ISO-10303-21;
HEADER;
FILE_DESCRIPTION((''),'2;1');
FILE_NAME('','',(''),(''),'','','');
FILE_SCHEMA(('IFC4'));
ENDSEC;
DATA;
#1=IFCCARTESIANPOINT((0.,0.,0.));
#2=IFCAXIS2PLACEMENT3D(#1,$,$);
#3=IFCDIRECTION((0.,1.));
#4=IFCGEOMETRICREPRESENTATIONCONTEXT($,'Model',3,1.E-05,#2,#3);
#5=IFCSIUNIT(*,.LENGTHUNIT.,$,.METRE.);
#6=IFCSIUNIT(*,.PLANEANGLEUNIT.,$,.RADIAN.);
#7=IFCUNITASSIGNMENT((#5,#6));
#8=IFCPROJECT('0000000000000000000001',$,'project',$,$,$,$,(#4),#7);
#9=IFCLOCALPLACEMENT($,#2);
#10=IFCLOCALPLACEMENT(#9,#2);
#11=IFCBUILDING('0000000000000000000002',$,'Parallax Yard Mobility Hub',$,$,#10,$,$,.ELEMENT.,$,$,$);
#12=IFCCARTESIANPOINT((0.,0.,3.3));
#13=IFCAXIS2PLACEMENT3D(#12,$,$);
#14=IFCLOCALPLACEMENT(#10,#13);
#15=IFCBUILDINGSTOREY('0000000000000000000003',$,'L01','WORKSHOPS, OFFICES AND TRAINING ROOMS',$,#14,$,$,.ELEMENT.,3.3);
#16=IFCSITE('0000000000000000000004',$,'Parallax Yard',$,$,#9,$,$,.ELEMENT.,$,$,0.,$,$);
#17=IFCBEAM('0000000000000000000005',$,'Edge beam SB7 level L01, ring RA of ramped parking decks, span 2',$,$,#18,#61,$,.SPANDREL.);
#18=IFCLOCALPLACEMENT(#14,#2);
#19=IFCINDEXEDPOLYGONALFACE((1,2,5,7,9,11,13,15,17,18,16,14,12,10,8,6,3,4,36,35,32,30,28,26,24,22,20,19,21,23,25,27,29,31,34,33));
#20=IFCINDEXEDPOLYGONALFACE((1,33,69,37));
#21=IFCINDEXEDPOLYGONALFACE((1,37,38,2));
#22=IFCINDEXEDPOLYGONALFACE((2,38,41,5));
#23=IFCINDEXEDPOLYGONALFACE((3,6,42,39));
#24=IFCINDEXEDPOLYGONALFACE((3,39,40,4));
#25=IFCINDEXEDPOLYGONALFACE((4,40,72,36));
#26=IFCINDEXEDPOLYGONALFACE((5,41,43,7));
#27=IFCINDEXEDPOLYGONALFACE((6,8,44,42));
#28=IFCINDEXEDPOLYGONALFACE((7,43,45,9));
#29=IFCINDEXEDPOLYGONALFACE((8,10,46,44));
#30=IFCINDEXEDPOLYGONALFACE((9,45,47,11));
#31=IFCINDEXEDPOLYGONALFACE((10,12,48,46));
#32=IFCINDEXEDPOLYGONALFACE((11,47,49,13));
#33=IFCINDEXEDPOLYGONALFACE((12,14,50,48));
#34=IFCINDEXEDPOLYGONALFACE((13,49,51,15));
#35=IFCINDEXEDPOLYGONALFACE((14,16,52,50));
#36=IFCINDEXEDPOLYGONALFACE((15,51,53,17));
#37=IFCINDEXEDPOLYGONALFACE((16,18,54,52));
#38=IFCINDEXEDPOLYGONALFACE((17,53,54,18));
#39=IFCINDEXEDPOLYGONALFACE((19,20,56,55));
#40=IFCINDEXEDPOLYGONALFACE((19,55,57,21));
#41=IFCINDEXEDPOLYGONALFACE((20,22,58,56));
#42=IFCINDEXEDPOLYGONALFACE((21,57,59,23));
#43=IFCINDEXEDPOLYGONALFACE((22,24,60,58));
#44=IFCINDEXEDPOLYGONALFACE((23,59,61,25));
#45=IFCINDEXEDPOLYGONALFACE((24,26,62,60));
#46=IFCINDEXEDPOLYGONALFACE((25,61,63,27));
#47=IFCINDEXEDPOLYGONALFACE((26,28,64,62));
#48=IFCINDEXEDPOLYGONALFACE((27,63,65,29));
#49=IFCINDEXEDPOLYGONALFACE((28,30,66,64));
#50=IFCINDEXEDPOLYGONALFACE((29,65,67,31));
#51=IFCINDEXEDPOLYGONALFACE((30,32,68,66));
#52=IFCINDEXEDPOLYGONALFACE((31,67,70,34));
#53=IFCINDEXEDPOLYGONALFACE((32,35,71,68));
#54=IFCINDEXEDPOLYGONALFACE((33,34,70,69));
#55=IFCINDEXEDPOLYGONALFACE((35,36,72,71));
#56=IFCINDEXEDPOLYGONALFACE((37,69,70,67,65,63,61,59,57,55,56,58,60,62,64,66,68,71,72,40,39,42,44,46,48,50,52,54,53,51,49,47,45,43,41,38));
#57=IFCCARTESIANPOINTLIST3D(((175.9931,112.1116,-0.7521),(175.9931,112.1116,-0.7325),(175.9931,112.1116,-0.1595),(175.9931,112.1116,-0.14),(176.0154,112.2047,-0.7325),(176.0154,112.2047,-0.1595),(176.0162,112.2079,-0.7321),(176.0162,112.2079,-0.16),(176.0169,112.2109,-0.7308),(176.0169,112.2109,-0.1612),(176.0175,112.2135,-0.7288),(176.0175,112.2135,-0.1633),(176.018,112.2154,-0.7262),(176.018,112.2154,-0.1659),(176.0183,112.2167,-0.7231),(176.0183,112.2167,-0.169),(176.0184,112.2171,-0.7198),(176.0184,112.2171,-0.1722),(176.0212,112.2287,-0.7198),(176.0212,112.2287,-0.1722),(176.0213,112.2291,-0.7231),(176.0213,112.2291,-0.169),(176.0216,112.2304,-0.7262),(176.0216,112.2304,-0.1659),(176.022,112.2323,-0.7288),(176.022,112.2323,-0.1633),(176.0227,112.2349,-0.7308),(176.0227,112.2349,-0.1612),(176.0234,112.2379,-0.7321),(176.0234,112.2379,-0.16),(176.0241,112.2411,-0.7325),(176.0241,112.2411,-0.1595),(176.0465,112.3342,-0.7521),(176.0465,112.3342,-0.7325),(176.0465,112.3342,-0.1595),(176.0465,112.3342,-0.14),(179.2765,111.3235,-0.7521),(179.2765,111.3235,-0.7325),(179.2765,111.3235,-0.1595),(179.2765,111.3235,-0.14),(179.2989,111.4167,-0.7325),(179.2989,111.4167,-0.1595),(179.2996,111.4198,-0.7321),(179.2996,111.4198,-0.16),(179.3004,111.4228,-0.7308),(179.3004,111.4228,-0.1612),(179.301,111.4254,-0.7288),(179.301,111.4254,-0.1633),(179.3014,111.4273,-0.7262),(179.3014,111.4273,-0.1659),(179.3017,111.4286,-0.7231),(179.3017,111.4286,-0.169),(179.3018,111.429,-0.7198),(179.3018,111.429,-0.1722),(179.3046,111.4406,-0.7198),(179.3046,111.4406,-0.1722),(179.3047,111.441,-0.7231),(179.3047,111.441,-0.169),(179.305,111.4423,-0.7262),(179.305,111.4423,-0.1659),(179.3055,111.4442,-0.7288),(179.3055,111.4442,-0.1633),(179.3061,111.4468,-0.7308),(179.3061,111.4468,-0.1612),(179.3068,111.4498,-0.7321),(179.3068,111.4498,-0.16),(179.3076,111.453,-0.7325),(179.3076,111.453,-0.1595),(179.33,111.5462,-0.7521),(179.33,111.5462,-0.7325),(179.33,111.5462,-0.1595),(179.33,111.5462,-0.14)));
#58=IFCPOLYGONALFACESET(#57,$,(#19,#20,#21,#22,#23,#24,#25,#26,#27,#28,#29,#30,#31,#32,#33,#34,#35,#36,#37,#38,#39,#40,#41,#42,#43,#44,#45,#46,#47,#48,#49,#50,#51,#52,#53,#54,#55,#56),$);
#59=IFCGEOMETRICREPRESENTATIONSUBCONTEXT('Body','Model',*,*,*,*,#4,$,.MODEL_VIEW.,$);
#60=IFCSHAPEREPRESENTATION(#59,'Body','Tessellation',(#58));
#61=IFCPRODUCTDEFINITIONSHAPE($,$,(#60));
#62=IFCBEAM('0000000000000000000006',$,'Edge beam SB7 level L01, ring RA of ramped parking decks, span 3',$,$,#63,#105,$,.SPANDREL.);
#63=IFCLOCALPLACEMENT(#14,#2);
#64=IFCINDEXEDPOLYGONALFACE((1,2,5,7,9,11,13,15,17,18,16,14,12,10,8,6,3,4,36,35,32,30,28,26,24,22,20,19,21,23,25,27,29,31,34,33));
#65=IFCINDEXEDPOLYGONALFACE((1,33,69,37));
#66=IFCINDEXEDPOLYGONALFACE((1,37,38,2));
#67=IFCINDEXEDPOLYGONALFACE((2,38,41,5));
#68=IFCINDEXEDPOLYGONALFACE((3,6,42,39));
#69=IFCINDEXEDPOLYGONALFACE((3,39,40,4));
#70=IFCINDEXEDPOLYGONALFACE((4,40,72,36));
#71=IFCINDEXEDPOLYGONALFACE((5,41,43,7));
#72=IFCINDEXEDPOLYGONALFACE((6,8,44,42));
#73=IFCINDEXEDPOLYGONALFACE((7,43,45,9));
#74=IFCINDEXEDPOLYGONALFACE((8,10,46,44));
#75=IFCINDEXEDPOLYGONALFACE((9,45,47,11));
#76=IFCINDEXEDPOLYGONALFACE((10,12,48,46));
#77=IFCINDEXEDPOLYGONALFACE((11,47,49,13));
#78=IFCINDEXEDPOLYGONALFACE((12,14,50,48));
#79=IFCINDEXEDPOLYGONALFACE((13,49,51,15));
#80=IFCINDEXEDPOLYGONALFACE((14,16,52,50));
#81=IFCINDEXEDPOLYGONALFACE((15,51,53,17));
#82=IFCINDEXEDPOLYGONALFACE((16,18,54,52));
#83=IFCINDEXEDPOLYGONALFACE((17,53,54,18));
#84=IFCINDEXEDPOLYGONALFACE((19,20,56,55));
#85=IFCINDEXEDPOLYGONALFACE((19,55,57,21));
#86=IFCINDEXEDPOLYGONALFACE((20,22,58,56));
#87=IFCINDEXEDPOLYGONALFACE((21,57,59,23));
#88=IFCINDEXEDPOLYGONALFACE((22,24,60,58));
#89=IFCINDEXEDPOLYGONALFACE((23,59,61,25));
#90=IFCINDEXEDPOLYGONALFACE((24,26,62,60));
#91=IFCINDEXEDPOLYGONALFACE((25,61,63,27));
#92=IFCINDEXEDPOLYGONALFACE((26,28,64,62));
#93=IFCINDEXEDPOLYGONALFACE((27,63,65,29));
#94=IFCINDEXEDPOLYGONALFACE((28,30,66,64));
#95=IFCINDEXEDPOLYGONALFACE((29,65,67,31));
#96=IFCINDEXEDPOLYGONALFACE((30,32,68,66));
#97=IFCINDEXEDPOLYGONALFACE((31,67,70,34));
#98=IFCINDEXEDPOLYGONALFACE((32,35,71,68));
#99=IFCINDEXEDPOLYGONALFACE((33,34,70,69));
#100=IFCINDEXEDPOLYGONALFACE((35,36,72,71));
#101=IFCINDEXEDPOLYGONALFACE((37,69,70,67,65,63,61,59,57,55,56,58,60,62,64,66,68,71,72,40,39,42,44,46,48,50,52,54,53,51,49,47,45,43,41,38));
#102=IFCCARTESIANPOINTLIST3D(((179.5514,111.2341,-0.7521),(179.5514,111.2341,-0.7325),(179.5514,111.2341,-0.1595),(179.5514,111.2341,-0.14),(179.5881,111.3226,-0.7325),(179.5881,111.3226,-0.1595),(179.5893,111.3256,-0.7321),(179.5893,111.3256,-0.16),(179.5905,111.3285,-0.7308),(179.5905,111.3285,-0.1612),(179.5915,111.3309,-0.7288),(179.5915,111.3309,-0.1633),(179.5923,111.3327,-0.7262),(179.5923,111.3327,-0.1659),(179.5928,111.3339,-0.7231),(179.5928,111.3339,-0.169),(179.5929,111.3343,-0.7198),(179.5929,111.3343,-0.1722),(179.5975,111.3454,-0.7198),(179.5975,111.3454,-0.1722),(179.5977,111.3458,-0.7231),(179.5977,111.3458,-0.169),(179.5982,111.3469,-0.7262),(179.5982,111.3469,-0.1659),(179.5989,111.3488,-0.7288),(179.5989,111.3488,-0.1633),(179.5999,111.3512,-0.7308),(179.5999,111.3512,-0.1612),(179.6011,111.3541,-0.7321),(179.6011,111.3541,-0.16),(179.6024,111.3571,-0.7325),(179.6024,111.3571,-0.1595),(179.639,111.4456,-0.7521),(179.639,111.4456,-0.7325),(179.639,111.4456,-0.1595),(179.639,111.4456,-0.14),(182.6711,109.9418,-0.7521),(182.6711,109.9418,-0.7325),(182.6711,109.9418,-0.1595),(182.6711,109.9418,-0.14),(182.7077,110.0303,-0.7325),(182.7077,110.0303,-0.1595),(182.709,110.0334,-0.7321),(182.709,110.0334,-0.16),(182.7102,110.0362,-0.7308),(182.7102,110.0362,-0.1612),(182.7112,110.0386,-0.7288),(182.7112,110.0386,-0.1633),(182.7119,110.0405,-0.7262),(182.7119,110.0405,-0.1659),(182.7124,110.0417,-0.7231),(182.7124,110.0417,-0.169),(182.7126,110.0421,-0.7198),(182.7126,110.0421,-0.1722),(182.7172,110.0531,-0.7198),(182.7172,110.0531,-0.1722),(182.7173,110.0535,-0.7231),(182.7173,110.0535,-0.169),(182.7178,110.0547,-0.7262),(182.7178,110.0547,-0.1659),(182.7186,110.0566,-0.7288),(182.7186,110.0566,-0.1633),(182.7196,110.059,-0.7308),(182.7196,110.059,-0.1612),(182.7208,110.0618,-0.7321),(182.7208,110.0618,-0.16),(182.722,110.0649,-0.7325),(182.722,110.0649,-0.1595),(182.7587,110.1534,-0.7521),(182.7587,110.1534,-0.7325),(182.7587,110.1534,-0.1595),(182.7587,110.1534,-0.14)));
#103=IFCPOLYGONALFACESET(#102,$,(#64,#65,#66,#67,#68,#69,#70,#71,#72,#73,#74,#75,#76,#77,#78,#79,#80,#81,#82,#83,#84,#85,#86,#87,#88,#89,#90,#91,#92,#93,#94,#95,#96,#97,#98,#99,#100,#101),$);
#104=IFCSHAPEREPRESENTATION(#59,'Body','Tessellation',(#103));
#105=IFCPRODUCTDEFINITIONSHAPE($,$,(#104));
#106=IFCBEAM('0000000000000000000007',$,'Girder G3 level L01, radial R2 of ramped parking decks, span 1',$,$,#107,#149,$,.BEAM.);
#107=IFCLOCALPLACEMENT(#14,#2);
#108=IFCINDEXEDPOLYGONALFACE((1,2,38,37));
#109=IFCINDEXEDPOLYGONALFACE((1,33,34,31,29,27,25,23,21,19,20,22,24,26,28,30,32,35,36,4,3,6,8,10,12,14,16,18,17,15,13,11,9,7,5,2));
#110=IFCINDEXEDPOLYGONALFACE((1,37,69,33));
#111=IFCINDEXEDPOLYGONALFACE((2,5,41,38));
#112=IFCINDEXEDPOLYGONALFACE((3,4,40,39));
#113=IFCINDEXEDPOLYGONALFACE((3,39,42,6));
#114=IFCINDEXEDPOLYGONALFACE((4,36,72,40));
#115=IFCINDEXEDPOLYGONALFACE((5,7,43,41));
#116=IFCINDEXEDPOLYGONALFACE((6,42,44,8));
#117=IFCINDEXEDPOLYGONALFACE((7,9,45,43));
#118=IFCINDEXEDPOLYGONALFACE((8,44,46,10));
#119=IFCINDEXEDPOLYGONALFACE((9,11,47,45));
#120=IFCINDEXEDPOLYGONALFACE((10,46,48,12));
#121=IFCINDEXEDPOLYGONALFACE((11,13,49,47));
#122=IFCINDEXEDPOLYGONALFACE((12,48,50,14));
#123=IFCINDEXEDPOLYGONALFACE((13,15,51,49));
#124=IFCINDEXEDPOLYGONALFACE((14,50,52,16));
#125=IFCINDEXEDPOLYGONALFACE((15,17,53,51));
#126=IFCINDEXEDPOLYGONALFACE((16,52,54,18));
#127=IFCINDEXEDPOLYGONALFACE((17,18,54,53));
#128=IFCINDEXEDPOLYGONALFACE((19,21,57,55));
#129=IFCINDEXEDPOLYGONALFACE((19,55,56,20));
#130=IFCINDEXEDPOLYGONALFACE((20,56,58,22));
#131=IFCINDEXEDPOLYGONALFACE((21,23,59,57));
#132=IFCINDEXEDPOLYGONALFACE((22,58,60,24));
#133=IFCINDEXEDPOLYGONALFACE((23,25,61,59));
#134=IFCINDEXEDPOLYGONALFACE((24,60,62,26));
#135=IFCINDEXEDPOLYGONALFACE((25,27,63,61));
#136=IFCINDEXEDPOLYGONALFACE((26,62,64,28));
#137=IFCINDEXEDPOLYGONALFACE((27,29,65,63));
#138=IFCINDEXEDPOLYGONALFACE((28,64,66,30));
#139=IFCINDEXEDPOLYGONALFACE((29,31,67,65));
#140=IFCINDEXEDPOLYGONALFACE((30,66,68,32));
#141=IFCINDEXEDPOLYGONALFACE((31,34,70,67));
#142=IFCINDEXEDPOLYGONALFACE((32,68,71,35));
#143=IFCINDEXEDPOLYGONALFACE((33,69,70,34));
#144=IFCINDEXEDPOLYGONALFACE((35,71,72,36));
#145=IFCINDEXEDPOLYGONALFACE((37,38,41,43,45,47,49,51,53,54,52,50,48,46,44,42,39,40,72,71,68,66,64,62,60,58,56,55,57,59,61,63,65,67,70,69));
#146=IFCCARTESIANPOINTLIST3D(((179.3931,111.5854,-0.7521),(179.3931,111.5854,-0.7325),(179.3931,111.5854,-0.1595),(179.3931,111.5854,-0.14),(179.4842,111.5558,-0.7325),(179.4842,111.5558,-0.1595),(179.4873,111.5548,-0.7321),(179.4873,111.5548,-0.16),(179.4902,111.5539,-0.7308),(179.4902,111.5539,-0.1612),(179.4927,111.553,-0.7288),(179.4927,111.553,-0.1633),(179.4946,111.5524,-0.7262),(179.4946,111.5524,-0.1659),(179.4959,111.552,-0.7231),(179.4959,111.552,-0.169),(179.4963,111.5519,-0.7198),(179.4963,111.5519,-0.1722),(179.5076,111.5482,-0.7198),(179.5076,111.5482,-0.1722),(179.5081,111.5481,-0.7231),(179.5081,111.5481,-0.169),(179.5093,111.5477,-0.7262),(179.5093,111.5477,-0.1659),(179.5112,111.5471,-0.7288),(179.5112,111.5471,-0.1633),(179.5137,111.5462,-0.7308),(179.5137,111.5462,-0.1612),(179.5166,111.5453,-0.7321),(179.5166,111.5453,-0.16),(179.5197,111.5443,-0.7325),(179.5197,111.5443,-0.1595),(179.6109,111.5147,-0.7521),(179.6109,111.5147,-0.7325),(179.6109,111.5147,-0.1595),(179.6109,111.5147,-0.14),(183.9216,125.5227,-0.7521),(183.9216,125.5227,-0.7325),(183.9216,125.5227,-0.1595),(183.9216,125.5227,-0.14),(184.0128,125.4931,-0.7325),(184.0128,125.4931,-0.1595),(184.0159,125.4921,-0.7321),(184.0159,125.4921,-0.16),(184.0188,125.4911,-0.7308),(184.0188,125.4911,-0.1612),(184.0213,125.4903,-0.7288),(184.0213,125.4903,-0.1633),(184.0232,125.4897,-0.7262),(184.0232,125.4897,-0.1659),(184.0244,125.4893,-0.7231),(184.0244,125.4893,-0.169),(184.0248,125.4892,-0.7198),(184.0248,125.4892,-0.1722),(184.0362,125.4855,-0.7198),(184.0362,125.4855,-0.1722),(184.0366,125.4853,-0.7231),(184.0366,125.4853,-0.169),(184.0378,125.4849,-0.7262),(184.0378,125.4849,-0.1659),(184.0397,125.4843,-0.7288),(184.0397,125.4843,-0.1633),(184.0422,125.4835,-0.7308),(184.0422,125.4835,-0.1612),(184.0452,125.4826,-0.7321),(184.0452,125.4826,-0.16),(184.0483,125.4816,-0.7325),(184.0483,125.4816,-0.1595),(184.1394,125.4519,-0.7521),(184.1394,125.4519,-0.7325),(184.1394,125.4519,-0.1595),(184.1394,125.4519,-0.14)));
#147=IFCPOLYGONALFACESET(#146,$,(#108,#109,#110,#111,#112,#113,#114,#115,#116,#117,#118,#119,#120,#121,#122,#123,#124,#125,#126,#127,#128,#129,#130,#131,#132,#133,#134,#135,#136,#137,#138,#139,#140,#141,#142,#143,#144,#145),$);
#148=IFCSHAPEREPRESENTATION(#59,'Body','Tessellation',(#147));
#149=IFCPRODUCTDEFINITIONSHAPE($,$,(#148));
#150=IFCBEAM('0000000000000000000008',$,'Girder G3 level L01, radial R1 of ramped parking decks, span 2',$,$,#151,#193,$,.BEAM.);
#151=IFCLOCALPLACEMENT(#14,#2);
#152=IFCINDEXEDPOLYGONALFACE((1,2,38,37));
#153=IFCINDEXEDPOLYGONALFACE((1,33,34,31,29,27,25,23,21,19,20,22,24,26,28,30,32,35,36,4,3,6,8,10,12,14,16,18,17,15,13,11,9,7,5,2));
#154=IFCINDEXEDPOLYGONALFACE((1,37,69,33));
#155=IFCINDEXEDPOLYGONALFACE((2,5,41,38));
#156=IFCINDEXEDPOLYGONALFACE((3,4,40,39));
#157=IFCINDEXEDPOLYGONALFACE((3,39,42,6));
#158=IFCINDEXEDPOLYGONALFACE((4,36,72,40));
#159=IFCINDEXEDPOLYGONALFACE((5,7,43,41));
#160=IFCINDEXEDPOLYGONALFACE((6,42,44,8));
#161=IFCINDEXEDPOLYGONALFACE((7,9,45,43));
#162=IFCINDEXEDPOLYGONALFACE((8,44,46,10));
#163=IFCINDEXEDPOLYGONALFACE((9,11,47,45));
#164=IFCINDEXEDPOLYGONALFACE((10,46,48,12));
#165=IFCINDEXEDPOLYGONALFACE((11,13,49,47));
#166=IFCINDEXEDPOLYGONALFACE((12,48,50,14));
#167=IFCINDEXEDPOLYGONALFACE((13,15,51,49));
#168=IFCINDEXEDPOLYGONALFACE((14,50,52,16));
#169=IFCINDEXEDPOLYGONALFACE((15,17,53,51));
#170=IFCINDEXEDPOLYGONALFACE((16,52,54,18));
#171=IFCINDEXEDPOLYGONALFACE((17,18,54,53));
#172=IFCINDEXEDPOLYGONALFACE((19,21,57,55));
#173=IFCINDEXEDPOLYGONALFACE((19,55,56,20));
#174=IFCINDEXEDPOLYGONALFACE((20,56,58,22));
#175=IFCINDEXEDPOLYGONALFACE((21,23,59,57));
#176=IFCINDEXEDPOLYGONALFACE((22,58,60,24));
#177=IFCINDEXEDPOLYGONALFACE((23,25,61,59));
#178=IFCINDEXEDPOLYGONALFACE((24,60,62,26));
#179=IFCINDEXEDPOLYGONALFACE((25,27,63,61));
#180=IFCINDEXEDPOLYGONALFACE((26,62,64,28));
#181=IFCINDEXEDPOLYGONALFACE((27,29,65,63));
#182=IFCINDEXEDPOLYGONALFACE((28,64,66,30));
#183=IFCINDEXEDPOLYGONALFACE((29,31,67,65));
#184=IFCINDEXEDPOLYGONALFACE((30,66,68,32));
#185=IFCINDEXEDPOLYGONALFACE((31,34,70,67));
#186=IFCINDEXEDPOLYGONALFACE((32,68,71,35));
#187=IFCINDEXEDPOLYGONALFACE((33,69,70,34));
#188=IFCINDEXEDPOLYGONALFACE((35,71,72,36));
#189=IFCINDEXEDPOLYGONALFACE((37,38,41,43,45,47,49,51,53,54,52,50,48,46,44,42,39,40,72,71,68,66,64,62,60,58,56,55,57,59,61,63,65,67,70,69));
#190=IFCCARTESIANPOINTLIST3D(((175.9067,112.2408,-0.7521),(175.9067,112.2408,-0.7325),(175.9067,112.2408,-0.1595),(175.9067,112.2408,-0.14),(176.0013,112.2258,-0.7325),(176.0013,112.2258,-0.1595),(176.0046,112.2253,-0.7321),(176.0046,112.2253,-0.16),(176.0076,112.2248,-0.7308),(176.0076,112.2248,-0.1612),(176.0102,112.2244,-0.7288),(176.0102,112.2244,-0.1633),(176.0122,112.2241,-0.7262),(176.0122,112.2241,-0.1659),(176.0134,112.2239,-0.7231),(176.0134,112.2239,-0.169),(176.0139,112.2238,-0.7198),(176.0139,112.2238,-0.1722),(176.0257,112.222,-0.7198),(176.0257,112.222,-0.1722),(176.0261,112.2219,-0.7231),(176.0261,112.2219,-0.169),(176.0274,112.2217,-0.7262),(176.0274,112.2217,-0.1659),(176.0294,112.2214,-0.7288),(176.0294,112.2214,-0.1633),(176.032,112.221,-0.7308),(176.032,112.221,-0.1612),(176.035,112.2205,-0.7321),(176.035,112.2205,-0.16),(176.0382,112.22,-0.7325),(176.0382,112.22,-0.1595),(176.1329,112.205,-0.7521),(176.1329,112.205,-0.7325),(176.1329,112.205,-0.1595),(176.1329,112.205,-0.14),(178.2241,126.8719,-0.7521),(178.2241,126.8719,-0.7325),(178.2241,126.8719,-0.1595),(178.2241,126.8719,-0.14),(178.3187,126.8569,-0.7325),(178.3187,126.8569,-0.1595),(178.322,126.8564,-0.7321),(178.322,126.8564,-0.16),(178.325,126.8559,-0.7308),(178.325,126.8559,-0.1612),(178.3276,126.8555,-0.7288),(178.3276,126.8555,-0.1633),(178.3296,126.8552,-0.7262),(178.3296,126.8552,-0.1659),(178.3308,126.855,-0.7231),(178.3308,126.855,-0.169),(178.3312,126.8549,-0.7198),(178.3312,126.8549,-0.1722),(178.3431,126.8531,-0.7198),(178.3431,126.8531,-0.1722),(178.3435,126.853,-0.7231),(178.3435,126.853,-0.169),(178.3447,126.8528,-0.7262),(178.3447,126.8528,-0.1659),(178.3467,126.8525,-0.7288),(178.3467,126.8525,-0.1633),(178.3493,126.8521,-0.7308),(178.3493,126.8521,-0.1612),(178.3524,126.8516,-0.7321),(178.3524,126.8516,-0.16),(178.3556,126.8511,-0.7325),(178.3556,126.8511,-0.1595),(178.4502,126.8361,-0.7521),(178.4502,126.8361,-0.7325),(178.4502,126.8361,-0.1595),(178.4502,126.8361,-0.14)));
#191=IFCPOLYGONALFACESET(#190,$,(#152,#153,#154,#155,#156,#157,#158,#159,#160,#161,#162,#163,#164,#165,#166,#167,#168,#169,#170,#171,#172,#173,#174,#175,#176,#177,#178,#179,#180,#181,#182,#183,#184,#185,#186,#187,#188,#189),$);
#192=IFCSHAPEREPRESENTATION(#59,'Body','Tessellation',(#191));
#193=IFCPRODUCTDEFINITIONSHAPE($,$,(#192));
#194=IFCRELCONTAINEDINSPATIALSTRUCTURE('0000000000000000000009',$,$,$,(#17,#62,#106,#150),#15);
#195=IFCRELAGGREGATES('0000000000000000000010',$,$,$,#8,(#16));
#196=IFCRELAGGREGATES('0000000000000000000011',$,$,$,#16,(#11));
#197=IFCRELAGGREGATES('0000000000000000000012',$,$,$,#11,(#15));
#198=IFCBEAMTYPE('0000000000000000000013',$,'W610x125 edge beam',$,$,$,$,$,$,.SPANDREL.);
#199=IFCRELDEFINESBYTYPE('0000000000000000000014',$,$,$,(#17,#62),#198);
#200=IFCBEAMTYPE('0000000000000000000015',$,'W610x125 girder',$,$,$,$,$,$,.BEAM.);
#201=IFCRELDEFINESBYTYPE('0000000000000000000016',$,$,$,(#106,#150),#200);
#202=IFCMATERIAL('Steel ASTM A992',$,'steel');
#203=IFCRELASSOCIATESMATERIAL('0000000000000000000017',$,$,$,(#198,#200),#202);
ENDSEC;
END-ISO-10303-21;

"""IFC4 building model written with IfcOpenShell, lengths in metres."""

from ifc_helpers import new_model, si_unit, direction, frame, origin, origin_2d, place, context, subcontext, project, spatial, i_section, extrude, material, material_profile, profile_set, type_object, element, save


model = new_model("IFC4")

# Units and contexts
model_context = context("Model", 3, precision=1e-05, world=origin(), true_north=direction((0.0, 1.0)))
body_context = subcontext(model_context, "Body", "Model", "MODEL_VIEW")
ifc_project = project(units=[si_unit("LENGTHUNIT", "METRE"), si_unit("PLANEANGLEUNIT", "RADIAN")], contexts=[model_context])

# Site, building, storey
site_placement = place(None, origin())
site = spatial("IfcSite", under=ifc_project, at=site_placement, Name="Parallax Yard", CompositionType="ELEMENT", RefElevation=0.0)
building_placement = place(site_placement, origin())
building = spatial("IfcBuilding", under=site, at=building_placement, Name="Parallax Yard Mobility Hub", CompositionType="ELEMENT")
storey_placement = place(building_placement, frame((0.0, 0.0, 3.3)))
storey = spatial("IfcBuildingStorey", under=building, at=storey_placement, Name="L01", Description="WORKSHOPS, OFFICES AND TRAINING ROOMS", CompositionType="ELEMENT", Elevation=3.3)

# Shared definitions
ifc_material_1 = material(Name="Steel ASTM A992", Category="steel")

# Beams
ifc_material_profile_1 = material_profile(ifc_material_1, i_section(OverallWidth=0.229, OverallDepth=0.6121, WebThickness=0.012, FlangeThickness=0.0195, FilletRadius=0.0127, at=origin_2d()), Name="W610x125")
ifc_profile_set_1 = profile_set([ifc_material_profile_1], Name="Steel ASTM A992")
beam_type_1 = type_object("IfcBeamType", Name="W610x125 edge beam", PredefinedType="SPANDREL", material=ifc_profile_set_1)
for number, where, z_axis, x_axis, name in (
    (1, (176.0198, 112.2229, -0.446), (0.972383, -0.233389, 0.0), (0.233389, 0.972383, 0.0), "Edge beam SB7 level L01, ring RA of ramped parking decks, span 2"),
    (2, (179.5952, 111.3398, -0.446), (0.923875, -0.382694, 0.0), (0.382694, 0.923875, 0.0), "Edge beam SB7 level L01, ring RA of ramped parking decks, span 3"),
):
    element("IfcBeam", number, at=place(storey_placement, frame(where, z_axis=z_axis, x_axis=x_axis)), inside=storey, type_object=beam_type_1, Name=name, PredefinedType="SPANDREL", context=body_context, shape_type="SweptSolid", body=[
        extrude(i_section(OverallWidth=0.229, OverallDepth=0.6121, WebThickness=0.012, FlangeThickness=0.0195, FilletRadius=0.0127, at=origin_2d()), origin(), (0.0, 0.0, 1.0), 3.3767),
    ])
ifc_material_profile_2 = material_profile(ifc_material_1, i_section(OverallWidth=0.229, OverallDepth=0.6121, WebThickness=0.012, FlangeThickness=0.0195, FilletRadius=0.0127, at=origin_2d()), Name="W610x125")
ifc_profile_set_2 = profile_set([ifc_material_profile_2], Name="Steel ASTM A992")
beam_type_2 = type_object("IfcBeamType", Name="W610x125 girder", PredefinedType="BEAM", material=ifc_profile_set_2)
beam_1_placement = place(storey_placement, frame((179.502, 111.55, -0.446), z_axis=(0.309022, 0.951055, 0.0), x_axis=(-0.951055, 0.309022, 0.0)))
element("IfcBeam", 3, at=beam_1_placement, inside=storey, type_object=beam_type_2, Name="Girder G3 level L01, radial R2 of ramped parking decks, span 1", PredefinedType="BEAM", context=body_context, shape_type="SweptSolid", body=[
    extrude(i_section(OverallWidth=0.229, OverallDepth=0.6121, WebThickness=0.012, FlangeThickness=0.0195, FilletRadius=0.0127, at=origin_2d()), origin(), (0.0, 0.0, 1.0), 14.6545),
])
beam_2_placement = place(storey_placement, frame((176.0198, 112.2229, -0.446), z_axis=(0.156437, 0.987688, 0.0), x_axis=(-0.987688, 0.156437, 0.0)))
element("IfcBeam", 4, at=beam_2_placement, inside=storey, type_object=beam_type_2, Name="Girder G3 level L01, radial R1 of ramped parking decks, span 2", PredefinedType="BEAM", context=body_context, shape_type="SweptSolid", body=[
    extrude(i_section(OverallWidth=0.229, OverallDepth=0.6121, WebThickness=0.012, FlangeThickness=0.0195, FilletRadius=0.0127, at=origin_2d()), origin(), (0.0, 0.0, 1.0), 14.8135),
])

save(model, "model.ifc")
